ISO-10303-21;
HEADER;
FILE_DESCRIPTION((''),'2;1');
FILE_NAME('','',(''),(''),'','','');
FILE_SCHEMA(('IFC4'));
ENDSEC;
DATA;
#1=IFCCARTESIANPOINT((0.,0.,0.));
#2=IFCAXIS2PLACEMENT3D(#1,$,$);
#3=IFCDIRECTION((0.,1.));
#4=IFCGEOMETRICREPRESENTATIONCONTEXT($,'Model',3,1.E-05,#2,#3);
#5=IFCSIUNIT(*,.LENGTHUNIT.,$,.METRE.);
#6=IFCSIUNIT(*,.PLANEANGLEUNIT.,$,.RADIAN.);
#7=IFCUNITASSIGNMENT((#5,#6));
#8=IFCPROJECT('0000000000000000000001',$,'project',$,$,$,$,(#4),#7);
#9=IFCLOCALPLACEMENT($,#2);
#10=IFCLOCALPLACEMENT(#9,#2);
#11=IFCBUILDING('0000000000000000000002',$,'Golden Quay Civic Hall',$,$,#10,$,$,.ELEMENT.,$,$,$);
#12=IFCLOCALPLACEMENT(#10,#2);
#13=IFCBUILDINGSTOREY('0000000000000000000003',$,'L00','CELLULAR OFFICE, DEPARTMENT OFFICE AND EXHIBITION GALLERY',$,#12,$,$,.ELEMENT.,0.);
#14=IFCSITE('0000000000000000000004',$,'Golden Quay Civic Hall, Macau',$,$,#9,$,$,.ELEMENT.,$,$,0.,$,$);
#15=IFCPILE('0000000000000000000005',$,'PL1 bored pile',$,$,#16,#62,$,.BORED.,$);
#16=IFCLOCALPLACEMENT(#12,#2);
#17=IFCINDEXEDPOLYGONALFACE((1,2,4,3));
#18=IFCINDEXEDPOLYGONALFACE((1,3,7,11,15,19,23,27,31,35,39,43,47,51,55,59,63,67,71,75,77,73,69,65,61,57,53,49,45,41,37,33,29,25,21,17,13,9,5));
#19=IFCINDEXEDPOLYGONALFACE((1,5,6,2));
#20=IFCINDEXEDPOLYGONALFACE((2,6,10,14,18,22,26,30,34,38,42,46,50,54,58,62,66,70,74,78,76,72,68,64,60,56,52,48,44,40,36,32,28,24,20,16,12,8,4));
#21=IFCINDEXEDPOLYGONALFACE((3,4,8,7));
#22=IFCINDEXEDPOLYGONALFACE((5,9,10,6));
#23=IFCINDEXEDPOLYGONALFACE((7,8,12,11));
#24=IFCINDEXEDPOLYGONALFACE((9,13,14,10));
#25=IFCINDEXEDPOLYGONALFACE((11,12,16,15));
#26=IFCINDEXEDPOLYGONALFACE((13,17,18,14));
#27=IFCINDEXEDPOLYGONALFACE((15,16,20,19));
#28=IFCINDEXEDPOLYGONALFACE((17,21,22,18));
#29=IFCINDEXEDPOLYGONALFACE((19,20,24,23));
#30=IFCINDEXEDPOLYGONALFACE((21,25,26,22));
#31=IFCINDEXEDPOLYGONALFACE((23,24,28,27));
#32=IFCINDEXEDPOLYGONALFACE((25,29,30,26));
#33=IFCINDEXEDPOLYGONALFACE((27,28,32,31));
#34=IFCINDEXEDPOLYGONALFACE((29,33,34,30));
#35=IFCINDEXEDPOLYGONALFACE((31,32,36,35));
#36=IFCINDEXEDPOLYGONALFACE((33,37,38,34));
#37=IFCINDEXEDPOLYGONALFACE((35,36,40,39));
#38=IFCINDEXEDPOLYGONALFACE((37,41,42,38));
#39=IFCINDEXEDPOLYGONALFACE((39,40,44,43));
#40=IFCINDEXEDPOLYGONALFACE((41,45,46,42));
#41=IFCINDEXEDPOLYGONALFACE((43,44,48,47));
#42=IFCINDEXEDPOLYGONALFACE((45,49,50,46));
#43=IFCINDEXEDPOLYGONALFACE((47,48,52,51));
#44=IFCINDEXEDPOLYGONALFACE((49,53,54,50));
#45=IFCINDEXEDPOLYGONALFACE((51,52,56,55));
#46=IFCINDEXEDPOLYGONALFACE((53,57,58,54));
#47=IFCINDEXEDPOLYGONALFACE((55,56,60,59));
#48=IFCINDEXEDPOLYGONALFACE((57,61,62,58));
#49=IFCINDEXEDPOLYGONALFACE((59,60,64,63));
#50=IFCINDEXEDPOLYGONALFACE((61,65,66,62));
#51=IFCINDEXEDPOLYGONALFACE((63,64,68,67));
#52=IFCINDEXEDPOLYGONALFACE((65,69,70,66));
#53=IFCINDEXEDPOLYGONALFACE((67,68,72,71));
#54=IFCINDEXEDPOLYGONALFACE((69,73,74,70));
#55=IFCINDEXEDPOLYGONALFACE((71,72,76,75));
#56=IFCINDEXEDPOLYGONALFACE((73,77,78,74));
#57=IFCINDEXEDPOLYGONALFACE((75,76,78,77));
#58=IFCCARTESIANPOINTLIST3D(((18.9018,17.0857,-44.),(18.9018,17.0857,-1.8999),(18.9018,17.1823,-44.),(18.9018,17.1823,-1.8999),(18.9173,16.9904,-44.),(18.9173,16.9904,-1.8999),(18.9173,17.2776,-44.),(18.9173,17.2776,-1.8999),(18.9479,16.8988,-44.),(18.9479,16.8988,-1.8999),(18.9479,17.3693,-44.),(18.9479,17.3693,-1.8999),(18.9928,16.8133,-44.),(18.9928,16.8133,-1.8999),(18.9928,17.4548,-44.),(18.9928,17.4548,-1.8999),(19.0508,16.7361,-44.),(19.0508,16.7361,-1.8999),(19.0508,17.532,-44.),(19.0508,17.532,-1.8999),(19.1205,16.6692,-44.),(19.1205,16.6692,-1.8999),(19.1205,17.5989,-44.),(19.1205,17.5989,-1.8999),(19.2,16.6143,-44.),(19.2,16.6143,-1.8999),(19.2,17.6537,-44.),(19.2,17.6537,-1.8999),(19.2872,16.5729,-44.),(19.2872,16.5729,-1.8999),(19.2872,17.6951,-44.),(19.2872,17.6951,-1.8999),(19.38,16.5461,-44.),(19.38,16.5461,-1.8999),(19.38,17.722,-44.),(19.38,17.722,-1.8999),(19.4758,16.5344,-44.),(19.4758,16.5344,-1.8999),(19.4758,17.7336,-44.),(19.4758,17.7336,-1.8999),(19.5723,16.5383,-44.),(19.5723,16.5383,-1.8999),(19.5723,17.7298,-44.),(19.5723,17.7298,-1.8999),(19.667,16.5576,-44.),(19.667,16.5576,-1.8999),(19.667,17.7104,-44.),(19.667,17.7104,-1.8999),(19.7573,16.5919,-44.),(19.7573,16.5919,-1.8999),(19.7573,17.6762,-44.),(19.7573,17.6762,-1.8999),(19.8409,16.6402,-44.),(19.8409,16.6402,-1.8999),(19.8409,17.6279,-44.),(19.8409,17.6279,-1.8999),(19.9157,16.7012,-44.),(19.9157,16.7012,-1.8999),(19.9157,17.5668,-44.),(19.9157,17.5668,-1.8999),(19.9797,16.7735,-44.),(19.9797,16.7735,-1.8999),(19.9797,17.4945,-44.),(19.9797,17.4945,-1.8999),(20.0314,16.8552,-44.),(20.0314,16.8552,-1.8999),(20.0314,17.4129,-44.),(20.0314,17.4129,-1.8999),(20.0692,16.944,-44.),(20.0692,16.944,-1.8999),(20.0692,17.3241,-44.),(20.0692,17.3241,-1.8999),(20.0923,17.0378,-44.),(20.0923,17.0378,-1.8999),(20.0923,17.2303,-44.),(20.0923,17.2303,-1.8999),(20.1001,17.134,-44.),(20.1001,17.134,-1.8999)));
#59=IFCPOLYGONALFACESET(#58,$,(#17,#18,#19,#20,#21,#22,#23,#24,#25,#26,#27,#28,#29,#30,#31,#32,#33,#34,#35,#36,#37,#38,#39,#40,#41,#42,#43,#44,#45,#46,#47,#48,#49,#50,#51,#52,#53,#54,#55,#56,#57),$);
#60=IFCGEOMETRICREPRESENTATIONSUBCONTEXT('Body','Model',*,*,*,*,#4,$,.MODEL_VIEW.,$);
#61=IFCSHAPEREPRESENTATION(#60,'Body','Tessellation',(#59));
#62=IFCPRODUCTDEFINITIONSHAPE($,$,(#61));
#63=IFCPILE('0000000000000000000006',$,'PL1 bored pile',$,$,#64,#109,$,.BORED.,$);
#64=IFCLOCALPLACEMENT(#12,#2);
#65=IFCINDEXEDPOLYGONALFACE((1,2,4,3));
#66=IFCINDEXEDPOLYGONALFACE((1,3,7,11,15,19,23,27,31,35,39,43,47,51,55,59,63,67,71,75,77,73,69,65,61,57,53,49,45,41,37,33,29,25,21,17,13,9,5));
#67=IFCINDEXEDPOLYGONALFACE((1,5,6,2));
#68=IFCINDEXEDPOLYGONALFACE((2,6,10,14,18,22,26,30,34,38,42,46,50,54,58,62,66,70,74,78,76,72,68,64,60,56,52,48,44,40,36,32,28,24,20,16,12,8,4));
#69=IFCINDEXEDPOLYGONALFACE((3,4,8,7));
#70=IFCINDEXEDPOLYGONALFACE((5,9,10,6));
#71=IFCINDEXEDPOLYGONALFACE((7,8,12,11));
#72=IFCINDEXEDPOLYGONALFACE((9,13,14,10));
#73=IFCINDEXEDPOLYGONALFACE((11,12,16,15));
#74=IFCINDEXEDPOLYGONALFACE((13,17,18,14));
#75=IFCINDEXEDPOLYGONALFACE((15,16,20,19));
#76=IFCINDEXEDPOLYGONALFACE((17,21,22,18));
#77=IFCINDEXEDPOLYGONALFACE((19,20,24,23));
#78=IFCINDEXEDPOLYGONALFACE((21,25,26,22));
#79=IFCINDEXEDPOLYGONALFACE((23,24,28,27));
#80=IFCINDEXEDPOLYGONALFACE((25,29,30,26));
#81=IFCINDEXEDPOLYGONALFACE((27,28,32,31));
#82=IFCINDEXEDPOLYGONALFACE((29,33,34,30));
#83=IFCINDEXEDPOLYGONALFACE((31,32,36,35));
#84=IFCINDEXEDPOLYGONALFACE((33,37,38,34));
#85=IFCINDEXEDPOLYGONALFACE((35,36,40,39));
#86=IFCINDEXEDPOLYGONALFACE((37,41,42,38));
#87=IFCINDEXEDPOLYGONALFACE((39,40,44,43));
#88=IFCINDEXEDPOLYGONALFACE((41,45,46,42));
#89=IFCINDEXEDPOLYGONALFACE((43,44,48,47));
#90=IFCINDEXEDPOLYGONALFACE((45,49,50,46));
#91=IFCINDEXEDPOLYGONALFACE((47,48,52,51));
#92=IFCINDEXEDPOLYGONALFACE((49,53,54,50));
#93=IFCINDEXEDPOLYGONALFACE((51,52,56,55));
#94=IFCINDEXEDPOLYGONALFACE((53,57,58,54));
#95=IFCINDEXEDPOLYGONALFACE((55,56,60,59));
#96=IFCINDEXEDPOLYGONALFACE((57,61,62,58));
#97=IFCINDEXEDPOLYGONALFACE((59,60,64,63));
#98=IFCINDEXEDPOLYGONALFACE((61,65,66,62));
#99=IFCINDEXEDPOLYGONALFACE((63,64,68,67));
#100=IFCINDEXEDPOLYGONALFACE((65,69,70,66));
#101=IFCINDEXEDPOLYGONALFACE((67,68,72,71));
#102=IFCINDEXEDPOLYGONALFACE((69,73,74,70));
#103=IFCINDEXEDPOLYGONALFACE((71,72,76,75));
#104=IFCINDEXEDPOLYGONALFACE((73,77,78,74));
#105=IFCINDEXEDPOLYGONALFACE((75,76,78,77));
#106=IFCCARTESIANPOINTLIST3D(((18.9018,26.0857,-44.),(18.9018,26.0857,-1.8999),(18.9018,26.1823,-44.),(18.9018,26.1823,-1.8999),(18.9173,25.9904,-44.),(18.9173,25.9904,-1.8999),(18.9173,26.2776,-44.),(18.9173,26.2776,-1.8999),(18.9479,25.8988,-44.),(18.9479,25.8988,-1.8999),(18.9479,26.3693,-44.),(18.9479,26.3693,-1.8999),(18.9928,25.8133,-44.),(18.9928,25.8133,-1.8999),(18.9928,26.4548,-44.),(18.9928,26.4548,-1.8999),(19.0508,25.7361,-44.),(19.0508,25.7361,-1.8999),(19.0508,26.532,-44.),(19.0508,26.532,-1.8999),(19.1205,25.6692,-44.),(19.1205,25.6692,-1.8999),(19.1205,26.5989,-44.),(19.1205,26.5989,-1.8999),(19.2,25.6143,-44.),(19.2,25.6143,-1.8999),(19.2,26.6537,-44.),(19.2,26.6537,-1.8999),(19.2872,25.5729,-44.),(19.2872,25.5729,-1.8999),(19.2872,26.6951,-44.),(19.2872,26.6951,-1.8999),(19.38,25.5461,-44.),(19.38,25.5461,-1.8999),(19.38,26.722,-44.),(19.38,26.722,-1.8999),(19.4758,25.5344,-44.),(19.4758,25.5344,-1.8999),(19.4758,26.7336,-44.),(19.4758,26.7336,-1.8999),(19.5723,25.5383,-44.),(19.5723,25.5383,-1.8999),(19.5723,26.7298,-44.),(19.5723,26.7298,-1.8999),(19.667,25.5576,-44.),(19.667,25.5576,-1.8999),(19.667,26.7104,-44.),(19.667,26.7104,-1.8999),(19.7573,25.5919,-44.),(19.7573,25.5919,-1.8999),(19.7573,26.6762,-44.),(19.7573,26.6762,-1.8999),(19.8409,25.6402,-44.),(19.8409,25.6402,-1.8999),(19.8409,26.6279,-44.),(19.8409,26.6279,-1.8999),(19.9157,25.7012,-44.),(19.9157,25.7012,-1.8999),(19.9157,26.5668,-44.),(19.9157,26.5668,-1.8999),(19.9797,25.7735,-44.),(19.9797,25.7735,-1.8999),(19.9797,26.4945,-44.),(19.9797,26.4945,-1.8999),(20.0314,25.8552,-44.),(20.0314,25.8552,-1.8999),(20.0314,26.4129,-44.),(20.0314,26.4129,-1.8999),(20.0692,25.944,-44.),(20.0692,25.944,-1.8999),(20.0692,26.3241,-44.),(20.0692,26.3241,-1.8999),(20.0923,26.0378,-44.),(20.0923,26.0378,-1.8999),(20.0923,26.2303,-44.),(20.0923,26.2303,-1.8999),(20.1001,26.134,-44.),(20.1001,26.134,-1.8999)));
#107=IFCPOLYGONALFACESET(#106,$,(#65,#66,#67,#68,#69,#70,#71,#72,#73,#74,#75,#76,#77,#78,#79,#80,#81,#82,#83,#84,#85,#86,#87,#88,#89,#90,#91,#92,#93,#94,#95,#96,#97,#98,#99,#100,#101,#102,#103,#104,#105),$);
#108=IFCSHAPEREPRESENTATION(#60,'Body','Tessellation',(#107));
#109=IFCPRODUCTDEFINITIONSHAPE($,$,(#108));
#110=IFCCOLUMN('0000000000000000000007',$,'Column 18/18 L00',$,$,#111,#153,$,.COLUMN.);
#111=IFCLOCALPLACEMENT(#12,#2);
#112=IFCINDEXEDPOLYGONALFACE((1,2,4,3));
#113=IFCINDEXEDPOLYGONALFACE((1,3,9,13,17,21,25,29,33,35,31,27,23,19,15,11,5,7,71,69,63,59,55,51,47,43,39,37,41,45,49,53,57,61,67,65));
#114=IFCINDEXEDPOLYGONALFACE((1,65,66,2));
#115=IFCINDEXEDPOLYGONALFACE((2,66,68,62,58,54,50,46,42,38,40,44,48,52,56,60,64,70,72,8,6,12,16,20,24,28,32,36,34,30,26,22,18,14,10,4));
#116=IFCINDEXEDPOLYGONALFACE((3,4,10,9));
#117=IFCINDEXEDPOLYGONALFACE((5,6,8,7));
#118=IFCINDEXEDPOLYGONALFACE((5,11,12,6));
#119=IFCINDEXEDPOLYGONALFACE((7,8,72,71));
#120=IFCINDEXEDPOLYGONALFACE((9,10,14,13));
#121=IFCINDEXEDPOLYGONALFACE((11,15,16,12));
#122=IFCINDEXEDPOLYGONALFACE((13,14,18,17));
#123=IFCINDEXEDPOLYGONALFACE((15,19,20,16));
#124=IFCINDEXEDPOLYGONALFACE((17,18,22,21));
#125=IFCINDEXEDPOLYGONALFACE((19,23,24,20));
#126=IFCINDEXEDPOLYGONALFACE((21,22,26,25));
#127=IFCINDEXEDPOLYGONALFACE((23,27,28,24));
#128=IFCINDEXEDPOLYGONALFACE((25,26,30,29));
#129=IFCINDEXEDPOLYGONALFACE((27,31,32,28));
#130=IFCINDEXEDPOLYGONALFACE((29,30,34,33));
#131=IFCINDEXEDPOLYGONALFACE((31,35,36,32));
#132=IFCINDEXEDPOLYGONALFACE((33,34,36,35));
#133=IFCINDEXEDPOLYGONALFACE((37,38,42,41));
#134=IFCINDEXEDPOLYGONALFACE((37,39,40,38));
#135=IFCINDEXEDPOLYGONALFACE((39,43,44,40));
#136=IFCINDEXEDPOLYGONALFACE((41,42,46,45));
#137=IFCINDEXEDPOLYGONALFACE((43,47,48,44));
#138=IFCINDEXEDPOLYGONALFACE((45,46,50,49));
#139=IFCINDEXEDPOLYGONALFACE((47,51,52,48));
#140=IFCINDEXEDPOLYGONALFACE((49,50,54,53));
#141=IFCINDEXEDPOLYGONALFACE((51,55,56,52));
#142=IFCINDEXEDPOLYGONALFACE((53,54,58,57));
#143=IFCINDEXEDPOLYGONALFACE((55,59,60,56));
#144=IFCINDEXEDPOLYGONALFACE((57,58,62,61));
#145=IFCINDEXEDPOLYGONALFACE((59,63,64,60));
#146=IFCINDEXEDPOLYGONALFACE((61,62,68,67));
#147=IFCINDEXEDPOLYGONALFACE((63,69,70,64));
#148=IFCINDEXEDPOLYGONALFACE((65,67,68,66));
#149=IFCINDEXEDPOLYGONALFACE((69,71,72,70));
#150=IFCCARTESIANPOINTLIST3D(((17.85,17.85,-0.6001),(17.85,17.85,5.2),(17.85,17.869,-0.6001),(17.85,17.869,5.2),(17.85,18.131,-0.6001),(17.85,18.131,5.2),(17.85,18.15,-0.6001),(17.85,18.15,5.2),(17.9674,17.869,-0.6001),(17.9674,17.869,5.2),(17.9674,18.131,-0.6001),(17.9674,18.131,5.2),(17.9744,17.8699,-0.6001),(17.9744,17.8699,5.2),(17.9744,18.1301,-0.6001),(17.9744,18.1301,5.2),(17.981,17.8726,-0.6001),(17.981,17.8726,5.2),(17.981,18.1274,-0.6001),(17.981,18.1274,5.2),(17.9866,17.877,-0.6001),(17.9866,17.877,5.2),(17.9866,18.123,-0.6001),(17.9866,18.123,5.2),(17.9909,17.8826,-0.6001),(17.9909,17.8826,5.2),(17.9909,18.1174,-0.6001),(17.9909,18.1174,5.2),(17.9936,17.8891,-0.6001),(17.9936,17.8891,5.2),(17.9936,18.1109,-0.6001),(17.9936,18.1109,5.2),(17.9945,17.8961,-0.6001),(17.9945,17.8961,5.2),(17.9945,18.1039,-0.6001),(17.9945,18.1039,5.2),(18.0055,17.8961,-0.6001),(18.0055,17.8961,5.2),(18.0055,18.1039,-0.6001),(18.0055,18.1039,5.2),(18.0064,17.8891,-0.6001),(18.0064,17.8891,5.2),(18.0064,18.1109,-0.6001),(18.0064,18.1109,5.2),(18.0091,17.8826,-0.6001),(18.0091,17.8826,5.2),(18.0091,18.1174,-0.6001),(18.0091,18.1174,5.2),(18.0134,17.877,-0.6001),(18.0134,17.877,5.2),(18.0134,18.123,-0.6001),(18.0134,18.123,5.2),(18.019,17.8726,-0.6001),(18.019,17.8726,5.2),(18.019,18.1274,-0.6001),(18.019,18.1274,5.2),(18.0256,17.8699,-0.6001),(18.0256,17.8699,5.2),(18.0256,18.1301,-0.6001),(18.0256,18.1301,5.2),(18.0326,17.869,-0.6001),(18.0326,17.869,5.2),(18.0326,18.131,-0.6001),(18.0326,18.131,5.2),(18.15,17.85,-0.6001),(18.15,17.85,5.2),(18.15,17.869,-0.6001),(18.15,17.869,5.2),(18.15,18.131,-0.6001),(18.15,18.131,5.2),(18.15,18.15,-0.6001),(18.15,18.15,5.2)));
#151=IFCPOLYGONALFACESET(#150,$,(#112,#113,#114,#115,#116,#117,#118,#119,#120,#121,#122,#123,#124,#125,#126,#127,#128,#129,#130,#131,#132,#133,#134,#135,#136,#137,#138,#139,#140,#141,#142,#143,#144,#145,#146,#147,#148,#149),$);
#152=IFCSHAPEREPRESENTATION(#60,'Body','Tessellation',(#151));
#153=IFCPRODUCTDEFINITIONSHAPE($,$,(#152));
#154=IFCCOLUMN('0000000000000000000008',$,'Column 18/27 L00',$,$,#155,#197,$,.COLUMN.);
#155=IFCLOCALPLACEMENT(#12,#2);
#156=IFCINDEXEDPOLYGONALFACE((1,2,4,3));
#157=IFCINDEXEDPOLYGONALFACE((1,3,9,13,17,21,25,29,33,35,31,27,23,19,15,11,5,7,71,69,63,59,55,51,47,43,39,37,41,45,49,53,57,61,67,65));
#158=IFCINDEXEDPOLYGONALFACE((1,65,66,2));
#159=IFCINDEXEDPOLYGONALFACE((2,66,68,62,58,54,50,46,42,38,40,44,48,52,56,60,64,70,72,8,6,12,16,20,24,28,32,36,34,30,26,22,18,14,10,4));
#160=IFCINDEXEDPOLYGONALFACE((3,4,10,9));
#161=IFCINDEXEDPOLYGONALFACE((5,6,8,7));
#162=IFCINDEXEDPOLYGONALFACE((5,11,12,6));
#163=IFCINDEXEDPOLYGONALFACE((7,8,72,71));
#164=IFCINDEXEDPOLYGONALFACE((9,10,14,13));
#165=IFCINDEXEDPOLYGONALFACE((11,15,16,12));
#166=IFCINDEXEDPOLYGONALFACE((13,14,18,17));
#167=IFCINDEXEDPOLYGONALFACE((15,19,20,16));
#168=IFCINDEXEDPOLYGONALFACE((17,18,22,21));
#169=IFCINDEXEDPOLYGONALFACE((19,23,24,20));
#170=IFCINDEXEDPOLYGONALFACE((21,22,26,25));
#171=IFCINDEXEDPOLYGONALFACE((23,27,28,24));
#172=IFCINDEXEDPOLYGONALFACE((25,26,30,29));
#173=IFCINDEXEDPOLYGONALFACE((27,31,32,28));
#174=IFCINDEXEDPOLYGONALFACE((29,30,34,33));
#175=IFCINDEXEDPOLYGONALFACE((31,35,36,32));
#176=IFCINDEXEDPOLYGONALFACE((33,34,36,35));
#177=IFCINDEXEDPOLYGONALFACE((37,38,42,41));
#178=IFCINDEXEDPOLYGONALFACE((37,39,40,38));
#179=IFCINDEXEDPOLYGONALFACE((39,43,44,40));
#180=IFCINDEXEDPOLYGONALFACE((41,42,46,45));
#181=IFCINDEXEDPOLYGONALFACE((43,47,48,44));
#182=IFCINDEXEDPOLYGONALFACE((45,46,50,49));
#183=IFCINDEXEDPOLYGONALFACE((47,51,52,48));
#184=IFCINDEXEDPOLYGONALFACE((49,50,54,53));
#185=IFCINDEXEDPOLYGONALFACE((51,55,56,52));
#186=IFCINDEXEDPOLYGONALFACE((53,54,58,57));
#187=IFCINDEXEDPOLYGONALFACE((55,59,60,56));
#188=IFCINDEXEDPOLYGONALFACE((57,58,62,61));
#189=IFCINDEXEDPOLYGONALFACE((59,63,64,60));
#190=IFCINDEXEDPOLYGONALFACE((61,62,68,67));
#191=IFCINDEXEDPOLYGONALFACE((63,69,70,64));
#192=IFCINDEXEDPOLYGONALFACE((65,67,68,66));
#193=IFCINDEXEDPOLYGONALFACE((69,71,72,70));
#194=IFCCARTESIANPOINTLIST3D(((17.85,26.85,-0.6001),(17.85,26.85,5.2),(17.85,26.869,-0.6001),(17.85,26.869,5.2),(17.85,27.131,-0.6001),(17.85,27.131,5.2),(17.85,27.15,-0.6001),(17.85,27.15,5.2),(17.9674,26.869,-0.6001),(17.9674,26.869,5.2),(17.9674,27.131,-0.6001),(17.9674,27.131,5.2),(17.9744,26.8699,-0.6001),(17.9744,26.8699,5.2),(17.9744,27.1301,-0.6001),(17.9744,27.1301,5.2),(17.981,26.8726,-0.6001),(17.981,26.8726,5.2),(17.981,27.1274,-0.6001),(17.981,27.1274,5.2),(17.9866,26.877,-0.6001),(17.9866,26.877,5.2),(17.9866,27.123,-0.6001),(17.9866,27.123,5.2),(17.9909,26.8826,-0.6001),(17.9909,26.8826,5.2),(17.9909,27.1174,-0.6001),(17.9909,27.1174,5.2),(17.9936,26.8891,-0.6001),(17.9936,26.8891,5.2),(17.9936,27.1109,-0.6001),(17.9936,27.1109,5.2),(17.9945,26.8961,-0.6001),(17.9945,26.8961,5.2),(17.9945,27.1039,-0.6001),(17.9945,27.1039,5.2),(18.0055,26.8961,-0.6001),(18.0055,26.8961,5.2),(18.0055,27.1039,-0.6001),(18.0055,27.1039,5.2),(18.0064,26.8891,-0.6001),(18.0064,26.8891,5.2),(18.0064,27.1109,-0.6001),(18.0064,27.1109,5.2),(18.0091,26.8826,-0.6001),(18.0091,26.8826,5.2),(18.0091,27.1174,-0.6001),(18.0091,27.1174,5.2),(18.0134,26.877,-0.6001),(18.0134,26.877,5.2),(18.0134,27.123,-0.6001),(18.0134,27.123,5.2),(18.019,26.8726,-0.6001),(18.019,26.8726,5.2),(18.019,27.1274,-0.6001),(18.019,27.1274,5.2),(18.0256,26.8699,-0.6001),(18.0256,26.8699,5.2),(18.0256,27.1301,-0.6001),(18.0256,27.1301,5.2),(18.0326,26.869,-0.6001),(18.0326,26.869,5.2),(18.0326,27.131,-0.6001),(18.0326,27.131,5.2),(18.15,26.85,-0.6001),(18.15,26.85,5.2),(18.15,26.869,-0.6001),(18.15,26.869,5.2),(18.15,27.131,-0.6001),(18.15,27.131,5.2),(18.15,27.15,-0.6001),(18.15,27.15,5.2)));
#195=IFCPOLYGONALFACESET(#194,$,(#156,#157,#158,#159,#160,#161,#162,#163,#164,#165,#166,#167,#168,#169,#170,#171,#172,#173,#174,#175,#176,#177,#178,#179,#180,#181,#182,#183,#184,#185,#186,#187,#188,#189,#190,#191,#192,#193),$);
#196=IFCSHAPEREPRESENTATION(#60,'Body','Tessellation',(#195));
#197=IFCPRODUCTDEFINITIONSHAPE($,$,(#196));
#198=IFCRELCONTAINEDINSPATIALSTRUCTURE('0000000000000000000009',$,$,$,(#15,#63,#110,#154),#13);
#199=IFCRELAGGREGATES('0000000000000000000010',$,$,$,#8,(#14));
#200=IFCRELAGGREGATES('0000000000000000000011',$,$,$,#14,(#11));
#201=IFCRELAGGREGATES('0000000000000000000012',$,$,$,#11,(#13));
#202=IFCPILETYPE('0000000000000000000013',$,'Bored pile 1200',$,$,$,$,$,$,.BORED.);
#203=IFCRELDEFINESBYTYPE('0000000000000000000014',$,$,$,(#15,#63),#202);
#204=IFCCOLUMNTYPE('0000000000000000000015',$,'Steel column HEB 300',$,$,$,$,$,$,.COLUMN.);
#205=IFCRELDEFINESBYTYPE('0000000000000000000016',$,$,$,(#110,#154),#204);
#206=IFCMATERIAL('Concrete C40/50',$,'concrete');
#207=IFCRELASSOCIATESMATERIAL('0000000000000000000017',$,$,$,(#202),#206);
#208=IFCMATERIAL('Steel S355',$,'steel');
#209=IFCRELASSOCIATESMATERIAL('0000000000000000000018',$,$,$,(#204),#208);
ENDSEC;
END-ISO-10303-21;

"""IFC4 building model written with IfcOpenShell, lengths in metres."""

from ifc_helpers import new_model, si_unit, direction, frame, origin, origin_2d, place, context, subcontext, project, spatial, circle, i_section, extrude, material, material_profile, profile_set, type_object, element, save


model = new_model("IFC4")

# Units and contexts
model_context = context("Model", 3, precision=1e-05, world=origin(), true_north=direction((0.0, 1.0)))
body_context = subcontext(model_context, "Body", "Model", "MODEL_VIEW")
ifc_project = project(units=[si_unit("LENGTHUNIT", "METRE"), si_unit("PLANEANGLEUNIT", "RADIAN")], contexts=[model_context])

# Site, building, storey
site_placement = place(None, origin())
site = spatial("IfcSite", under=ifc_project, at=site_placement, Name="Golden Quay Civic Hall, Macau", CompositionType="ELEMENT", RefElevation=0.0)
building_placement = place(site_placement, origin())
building = spatial("IfcBuilding", under=site, at=building_placement, Name="Golden Quay Civic Hall", CompositionType="ELEMENT")
storey_placement = place(building_placement, origin())
storey = spatial("IfcBuildingStorey", under=building, at=storey_placement, Name="L00", Description="CELLULAR OFFICE, DEPARTMENT OFFICE AND EXHIBITION GALLERY", CompositionType="ELEMENT", Elevation=0.0)

# Piles
ifc_material_1 = material(Name="Concrete C40/50", Category="concrete")
ifc_material_profile_1 = material_profile(ifc_material_1, circle(Radius=0.6001, at=origin_2d()), Name="RC D1200")
ifc_profile_set_1 = profile_set([ifc_material_profile_1], Name="Concrete C40/50")
pile_type = type_object("IfcPileType", Name="Bored pile 1200", PredefinedType="BORED", material=ifc_profile_set_1)
for number, where, z_axis, x_axis, name in (
    (1, (19.5, 17.134, -1.8999), (0.0, 0.0, -1.0), (1.0, 0.0, 0.0), "PL1 bored pile"),
    (2, (19.5, 26.134, -1.8999), (0.0, 0.0, -1.0), (1.0, 0.0, 0.0), "PL1 bored pile"),
):
    element("IfcPile", number, at=place(storey_placement, frame(where, z_axis=z_axis, x_axis=x_axis)), inside=storey, type_object=pile_type, Name=name, PredefinedType="BORED", context=body_context, shape_type="SweptSolid", body=[
        extrude(circle(Radius=0.6001, at=origin_2d()), origin(), (0.0, 0.0, 1.0), 42.1001),
    ])

# Columns
ifc_material_2 = material(Name="Steel S355", Category="steel")
ifc_material_profile_2 = material_profile(ifc_material_2, i_section(OverallWidth=0.3, OverallDepth=0.3, WebThickness=0.011, FlangeThickness=0.019, FilletRadius=0.0271, at=origin_2d()), Name="HEB 300")
ifc_profile_set_2 = profile_set([ifc_material_profile_2], Name="Steel S355")
column_type = type_object("IfcColumnType", Name="Steel column HEB 300", PredefinedType="COLUMN", material=ifc_profile_set_2)
for number, where, z_axis, x_axis, name in (
    (3, (18.0, 18.0, -0.6001), (0.0, 0.0, 1.0), (1.0, 0.0, 0.0), "Column 18/18 L00"),
    (4, (18.0, 27.0, -0.6001), (0.0, 0.0, 1.0), (1.0, 0.0, 0.0), "Column 18/27 L00"),
):
    element("IfcColumn", number, at=place(storey_placement, frame(where, z_axis=z_axis, x_axis=x_axis)), inside=storey, type_object=column_type, Name=name, PredefinedType="COLUMN", context=body_context, shape_type="SweptSolid", body=[
        extrude(i_section(OverallWidth=0.3, OverallDepth=0.3, WebThickness=0.011, FlangeThickness=0.019, FilletRadius=0.0271, at=origin_2d()), origin(), (0.0, 0.0, 1.0), 5.8),
    ])

save(model, "model.ifc")
